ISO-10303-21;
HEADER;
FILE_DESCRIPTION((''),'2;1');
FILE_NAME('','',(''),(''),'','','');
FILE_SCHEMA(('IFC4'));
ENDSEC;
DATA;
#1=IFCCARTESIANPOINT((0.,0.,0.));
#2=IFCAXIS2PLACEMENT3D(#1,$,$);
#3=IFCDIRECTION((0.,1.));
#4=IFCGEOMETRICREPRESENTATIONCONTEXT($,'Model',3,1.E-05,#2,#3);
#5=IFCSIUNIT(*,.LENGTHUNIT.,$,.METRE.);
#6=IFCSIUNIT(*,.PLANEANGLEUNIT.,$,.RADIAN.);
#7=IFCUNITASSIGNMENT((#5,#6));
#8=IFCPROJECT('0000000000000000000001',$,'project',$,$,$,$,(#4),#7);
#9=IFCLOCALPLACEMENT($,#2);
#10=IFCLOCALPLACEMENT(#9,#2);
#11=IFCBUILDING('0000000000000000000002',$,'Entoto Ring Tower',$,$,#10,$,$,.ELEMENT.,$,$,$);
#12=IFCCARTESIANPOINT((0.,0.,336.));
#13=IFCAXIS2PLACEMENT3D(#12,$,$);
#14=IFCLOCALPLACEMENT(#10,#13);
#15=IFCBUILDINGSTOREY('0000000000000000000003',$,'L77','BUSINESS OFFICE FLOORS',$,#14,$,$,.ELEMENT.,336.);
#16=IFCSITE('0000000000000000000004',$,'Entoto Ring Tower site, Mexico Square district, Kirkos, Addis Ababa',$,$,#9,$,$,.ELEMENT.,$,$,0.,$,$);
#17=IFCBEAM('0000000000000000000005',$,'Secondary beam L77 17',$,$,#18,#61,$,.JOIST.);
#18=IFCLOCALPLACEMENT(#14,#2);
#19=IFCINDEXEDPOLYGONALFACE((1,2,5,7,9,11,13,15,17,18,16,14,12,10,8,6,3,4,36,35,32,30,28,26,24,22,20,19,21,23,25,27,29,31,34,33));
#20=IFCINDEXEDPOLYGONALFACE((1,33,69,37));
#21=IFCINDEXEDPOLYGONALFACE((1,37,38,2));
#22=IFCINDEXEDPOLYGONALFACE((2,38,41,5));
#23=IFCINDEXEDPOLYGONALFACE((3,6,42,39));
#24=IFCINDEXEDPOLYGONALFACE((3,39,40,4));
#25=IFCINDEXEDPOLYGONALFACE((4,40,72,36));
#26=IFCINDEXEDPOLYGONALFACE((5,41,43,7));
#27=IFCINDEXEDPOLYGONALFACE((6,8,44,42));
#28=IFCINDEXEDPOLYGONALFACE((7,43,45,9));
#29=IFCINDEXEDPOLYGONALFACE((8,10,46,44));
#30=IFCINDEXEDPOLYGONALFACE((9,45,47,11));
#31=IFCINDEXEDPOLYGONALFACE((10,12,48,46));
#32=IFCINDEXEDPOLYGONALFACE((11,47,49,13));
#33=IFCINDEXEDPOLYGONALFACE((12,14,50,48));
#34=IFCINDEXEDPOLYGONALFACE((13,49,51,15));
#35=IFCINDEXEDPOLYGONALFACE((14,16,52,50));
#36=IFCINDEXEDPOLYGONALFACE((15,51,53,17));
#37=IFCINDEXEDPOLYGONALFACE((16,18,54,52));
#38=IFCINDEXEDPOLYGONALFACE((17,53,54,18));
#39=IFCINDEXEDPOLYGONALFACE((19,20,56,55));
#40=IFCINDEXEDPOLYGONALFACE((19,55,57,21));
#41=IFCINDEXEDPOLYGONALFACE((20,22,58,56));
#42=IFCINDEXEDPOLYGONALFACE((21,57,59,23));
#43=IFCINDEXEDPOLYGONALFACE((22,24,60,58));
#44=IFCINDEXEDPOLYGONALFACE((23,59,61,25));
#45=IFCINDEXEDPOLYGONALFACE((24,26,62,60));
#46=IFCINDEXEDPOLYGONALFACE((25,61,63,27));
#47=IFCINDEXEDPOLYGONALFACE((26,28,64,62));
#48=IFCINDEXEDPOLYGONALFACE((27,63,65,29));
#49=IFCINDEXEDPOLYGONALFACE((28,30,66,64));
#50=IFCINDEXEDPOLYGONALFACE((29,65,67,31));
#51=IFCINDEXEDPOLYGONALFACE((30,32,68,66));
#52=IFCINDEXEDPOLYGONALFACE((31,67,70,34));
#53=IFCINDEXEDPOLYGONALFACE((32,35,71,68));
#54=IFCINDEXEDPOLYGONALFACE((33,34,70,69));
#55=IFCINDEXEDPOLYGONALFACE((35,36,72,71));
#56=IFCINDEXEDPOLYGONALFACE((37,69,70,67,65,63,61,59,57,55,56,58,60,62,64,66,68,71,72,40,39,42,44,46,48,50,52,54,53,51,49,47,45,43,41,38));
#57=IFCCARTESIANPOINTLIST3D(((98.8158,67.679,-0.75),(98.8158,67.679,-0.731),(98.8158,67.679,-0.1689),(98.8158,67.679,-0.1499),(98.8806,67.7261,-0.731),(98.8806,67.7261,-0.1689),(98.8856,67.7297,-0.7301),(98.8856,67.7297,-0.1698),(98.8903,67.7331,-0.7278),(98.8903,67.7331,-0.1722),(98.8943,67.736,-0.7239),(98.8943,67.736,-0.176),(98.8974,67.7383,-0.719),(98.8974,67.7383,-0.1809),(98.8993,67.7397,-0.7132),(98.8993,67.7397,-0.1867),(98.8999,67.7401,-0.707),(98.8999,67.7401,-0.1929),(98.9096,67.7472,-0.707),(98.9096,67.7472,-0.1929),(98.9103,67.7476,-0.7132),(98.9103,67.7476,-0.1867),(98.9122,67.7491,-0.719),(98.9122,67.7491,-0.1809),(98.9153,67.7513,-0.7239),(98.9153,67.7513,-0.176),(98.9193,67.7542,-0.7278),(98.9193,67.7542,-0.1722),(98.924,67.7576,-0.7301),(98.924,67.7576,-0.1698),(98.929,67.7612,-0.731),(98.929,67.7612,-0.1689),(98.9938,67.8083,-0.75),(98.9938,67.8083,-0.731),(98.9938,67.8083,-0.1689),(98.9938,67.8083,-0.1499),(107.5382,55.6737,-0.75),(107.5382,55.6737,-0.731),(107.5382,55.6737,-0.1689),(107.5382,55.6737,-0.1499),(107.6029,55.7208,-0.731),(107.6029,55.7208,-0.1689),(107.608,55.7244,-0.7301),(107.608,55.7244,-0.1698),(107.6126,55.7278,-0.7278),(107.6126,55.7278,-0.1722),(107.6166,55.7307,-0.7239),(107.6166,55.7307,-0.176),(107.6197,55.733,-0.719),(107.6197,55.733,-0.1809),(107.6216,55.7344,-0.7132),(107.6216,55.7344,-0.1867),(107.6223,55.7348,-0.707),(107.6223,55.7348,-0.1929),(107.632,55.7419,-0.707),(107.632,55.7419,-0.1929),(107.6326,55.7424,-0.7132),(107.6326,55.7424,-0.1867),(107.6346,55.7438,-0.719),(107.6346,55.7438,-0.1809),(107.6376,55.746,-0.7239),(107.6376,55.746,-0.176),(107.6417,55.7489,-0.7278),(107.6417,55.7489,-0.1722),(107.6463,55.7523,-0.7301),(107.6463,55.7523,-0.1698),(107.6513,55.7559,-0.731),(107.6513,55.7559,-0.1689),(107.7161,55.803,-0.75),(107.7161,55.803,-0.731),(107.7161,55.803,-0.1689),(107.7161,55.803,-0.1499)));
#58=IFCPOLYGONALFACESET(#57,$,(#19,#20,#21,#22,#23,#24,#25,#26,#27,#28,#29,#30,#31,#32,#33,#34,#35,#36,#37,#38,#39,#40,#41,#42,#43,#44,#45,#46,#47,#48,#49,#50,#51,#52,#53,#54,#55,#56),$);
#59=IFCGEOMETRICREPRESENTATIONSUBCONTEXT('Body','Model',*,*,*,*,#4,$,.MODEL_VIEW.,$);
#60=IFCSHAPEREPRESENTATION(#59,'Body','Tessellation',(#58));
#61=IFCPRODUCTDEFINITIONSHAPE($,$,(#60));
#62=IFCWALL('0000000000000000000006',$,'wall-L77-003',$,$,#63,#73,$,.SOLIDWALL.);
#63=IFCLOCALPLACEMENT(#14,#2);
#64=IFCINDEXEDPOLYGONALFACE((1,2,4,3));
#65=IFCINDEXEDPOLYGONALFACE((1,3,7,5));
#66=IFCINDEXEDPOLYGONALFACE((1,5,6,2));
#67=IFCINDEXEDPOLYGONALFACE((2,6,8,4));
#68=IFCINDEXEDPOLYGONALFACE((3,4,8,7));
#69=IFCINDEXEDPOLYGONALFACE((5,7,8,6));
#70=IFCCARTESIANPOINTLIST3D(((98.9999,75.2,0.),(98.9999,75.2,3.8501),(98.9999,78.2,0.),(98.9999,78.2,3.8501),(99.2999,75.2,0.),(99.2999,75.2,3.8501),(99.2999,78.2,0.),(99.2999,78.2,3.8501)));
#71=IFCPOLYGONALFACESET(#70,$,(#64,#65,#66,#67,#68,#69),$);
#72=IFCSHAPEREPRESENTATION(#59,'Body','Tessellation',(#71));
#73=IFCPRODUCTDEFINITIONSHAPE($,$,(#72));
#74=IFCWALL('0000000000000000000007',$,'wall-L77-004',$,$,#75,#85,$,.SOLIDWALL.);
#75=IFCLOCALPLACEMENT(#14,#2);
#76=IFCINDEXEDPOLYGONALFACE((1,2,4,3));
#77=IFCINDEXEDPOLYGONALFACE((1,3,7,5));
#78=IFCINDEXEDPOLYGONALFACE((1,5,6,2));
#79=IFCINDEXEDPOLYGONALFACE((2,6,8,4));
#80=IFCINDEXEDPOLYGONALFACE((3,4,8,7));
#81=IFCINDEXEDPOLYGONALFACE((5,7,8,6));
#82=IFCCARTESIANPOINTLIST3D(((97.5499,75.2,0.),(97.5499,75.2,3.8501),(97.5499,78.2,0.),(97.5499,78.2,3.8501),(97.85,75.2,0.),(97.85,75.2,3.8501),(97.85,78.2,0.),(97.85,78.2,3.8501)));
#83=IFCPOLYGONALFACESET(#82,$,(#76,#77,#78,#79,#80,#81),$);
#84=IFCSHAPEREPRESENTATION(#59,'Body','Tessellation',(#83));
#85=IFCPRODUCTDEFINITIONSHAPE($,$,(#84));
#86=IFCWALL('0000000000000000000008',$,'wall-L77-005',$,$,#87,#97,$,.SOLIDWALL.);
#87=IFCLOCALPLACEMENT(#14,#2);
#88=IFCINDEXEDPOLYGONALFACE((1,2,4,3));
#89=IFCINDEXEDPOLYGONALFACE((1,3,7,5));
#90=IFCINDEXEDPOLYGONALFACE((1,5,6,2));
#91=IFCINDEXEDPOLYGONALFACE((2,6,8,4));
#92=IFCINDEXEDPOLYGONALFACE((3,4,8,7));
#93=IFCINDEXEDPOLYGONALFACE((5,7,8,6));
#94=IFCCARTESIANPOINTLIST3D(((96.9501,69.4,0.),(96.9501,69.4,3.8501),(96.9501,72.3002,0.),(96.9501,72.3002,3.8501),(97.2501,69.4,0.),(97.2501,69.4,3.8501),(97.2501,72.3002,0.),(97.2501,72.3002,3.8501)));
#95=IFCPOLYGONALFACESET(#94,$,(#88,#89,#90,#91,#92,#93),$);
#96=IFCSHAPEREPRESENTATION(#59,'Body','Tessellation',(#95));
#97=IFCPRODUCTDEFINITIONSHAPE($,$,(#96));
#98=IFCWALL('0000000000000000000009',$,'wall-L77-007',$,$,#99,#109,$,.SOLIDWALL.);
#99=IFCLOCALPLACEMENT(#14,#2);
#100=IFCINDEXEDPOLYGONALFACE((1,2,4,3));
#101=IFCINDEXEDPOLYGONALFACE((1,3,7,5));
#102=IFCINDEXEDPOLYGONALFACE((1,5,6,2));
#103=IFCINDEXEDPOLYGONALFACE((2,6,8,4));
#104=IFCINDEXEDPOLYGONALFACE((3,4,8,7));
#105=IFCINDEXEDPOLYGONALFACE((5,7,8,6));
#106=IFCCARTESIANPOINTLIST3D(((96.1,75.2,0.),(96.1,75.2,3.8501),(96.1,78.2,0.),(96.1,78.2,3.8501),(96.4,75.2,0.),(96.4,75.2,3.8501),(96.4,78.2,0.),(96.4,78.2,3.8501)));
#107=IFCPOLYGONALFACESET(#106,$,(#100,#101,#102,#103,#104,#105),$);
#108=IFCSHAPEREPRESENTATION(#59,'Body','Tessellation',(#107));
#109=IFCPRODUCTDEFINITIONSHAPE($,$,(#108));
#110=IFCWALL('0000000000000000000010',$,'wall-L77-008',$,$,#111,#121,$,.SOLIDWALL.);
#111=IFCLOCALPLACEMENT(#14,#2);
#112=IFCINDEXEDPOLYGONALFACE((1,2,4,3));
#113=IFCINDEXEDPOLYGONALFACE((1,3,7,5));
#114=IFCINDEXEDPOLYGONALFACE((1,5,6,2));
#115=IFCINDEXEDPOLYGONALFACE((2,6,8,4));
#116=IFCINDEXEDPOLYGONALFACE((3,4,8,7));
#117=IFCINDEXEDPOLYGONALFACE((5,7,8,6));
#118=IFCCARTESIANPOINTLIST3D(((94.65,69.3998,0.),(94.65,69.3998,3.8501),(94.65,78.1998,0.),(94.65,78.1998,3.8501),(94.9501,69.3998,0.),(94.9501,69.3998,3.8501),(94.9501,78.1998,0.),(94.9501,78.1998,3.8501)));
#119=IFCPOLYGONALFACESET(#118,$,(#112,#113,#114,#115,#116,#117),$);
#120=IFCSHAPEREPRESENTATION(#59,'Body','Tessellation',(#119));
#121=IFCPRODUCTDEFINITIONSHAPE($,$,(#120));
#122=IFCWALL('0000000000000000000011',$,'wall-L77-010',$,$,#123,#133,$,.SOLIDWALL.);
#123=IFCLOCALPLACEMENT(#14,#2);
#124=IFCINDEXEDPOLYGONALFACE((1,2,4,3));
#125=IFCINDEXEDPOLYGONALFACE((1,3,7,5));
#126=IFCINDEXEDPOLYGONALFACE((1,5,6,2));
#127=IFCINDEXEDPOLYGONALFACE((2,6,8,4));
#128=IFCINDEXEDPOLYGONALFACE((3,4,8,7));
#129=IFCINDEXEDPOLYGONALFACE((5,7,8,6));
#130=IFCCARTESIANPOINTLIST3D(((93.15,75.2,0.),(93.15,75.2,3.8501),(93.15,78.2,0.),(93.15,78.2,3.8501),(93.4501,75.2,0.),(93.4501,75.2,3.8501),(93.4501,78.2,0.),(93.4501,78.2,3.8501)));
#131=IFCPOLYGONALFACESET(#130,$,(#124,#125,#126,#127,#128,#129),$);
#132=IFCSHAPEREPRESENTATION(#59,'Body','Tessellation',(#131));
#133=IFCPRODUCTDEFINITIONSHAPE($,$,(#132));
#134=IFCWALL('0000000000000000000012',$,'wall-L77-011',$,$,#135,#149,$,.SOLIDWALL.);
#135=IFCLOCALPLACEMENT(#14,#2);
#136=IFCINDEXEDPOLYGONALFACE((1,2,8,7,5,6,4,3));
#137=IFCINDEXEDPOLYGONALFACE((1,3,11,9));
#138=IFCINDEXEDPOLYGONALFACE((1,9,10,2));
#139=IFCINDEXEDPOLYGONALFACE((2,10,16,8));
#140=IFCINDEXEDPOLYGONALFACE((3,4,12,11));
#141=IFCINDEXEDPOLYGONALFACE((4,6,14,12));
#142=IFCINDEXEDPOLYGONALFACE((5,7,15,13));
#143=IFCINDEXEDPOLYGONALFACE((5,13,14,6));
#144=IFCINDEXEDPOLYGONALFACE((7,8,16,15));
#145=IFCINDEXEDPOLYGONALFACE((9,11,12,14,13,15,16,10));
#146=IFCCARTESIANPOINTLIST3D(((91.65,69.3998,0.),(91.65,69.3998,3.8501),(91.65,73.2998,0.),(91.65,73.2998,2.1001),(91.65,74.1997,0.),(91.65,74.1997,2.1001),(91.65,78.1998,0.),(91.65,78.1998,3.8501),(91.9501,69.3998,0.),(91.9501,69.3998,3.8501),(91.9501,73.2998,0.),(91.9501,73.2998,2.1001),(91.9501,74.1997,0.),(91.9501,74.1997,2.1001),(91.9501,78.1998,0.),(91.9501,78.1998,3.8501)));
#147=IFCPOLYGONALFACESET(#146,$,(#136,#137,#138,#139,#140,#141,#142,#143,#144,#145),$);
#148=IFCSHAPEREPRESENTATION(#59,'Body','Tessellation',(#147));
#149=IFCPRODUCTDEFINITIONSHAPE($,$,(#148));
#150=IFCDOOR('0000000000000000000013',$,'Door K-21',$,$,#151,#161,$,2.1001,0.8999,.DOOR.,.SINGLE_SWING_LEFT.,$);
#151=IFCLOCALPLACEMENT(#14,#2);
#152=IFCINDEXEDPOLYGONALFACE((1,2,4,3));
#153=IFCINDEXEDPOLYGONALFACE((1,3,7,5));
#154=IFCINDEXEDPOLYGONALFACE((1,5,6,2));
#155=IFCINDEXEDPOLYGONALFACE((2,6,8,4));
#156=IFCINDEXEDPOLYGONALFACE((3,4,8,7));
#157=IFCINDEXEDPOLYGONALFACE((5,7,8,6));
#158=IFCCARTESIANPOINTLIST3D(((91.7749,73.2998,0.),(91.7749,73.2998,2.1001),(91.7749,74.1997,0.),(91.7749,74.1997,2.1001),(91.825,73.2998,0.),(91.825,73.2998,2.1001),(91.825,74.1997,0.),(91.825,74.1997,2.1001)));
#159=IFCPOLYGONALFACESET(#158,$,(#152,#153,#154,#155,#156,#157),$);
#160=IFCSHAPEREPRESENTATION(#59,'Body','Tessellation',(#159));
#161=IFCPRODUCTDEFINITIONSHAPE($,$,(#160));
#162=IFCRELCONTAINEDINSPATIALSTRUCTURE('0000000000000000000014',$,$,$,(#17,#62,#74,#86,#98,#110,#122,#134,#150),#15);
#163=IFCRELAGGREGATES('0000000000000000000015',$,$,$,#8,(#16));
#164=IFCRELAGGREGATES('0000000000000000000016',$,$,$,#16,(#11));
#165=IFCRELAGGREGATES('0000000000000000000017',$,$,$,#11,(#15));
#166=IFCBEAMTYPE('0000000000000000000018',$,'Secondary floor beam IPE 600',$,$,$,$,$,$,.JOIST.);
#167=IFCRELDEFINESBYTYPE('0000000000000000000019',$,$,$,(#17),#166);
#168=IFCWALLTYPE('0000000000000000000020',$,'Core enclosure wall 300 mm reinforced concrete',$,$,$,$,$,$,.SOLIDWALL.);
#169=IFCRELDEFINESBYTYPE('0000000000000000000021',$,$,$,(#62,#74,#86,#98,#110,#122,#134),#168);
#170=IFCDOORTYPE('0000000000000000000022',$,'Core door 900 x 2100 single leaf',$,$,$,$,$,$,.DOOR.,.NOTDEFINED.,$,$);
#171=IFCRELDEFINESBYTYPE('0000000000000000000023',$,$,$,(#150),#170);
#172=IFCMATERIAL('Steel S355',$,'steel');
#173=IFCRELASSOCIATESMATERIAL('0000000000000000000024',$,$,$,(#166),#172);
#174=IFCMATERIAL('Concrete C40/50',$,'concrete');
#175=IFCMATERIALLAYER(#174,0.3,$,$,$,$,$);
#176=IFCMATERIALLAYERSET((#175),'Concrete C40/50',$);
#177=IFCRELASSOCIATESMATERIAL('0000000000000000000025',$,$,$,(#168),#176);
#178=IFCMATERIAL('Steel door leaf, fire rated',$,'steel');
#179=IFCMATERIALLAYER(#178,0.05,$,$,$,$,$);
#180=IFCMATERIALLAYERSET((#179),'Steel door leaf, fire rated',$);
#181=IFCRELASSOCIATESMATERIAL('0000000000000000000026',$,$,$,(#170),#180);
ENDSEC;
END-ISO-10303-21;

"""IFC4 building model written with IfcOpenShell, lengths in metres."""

from ifc_helpers import new_model, si_unit, direction, frame, frame_2d, origin, origin_2d, place, context, subcontext, project, spatial, rectangle, i_section, extrude, material, layer, layer_set, material_profile, profile_set, type_object, element, fill, save


model = new_model("IFC4")

# Units and contexts
model_context = context("Model", 3, precision=1e-05, world=origin(), true_north=direction((0.0, 1.0)))
body_context = subcontext(model_context, "Body", "Model", "MODEL_VIEW")
ifc_project = project(units=[si_unit("LENGTHUNIT", "METRE"), si_unit("PLANEANGLEUNIT", "RADIAN")], contexts=[model_context])

# Site, building, storey
site_placement = place(None, origin())
site = spatial("IfcSite", under=ifc_project, at=site_placement, Name="Entoto Ring Tower site, Mexico Square district, Kirkos, Addis Ababa", CompositionType="ELEMENT", RefElevation=0.0)
building_placement = place(site_placement, origin())
building = spatial("IfcBuilding", under=site, at=building_placement, Name="Entoto Ring Tower", CompositionType="ELEMENT")
storey_placement = place(building_placement, frame((0.0, 0.0, 336.0)))
storey = spatial("IfcBuildingStorey", under=building, at=storey_placement, Name="L77", Description="BUSINESS OFFICE FLOORS", CompositionType="ELEMENT", Elevation=336.0)

# Beam
ifc_material_1 = material(Name="Steel S355", Category="steel")
ifc_material_profile = material_profile(ifc_material_1, i_section(OverallWidth=0.22, OverallDepth=0.6001, WebThickness=0.012, FlangeThickness=0.019, FilletRadius=0.0239, at=origin_2d()), Name="IPE 600")
ifc_profile_set = profile_set([ifc_material_profile], Name="Steel S355")
beam_type = type_object("IfcBeamType", Name="Secondary floor beam IPE 600", PredefinedType="JOIST", material=ifc_profile_set)
beam_placement = place(storey_placement, frame((98.9048, 67.7437, -0.45), z_axis=(0.587785, -0.809017, 0.0), x_axis=(0.809017, 0.587785, 0.0)))
element("IfcBeam", 1, at=beam_placement, inside=storey, type_object=beam_type, Name="Secondary beam L77 17", PredefinedType="JOIST", context=body_context, shape_type="SweptSolid", body=[
    extrude(i_section(OverallWidth=0.22, OverallDepth=0.6001, WebThickness=0.012, FlangeThickness=0.019, FilletRadius=0.0239, at=origin_2d()), origin(), (0.0, 0.0, 1.0), 14.8394),
])

# Walls
ifc_material_2 = material(Name="Concrete C40/50", Category="concrete")
ifc_layer_1 = layer(ifc_material_2, 0.3)
ifc_layer_set_1 = layer_set([ifc_layer_1], Name="Concrete C40/50")
wall_type = type_object("IfcWallType", Name="Core enclosure wall 300 mm reinforced concrete", PredefinedType="SOLIDWALL", material=ifc_layer_set_1)
for number, where, z_axis, x_axis, name in (
    (2, (99.1499, 75.2, 0.0), (0.0, 0.0, 1.0), (0.0, 1.0, 0.0), "wall-L77-003"),
    (3, (97.7, 75.2, 0.0), (0.0, 0.0, 1.0), (0.0, 1.0, 0.0), "wall-L77-004"),
):
    element("IfcWall", number, at=place(storey_placement, frame(where, z_axis=z_axis, x_axis=x_axis)), inside=storey, type_object=wall_type, Name=name, PredefinedType="SOLIDWALL", context=body_context, shape_type="SweptSolid", body=[
        extrude(rectangle(XDim=3.0, YDim=0.3, at=frame_2d((1.5, 0.0))), origin(), (0.0, 0.0, 1.0), 3.8501),
    ])
wall_1_placement = place(storey_placement, frame((97.1001, 69.3999, 0.0), z_axis=(0.0, 0.0, 1.0), x_axis=(0.0, 1.0, 0.0)))
element("IfcWall", 4, at=wall_1_placement, inside=storey, type_object=wall_type, Name="wall-L77-005", PredefinedType="SOLIDWALL", context=body_context, shape_type="SweptSolid", body=[
    extrude(rectangle(XDim=2.9001, YDim=0.3, at=frame_2d((1.4502, 0.0))), origin(), (0.0, 0.0, 1.0), 3.8501),
])
wall_2_placement = place(storey_placement, frame((96.25, 75.2, 0.0), z_axis=(0.0, 0.0, 1.0), x_axis=(0.0, 1.0, 0.0)))
element("IfcWall", 5, at=wall_2_placement, inside=storey, type_object=wall_type, Name="wall-L77-007", PredefinedType="SOLIDWALL", context=body_context, shape_type="SweptSolid", body=[
    extrude(rectangle(XDim=3.0, YDim=0.3, at=frame_2d((1.5, 0.0))), origin(), (0.0, 0.0, 1.0), 3.8501),
])
wall_3_placement = place(storey_placement, frame((94.8, 69.3999, 0.0), z_axis=(0.0, 0.0, 1.0), x_axis=(0.0, 1.0, 0.0)))
element("IfcWall", 6, at=wall_3_placement, inside=storey, type_object=wall_type, Name="wall-L77-008", PredefinedType="SOLIDWALL", context=body_context, shape_type="SweptSolid", body=[
    extrude(rectangle(XDim=8.8, YDim=0.3, at=frame_2d((4.3999, 0.0))), origin(), (0.0, 0.0, 1.0), 3.8501),
])
wall_4_placement = place(storey_placement, frame((93.3, 75.2, 0.0), z_axis=(0.0, 0.0, 1.0), x_axis=(0.0, 1.0, 0.0)))
element("IfcWall", 7, at=wall_4_placement, inside=storey, type_object=wall_type, Name="wall-L77-010", PredefinedType="SOLIDWALL", context=body_context, shape_type="SweptSolid", body=[
    extrude(rectangle(XDim=3.0, YDim=0.3, at=frame_2d((1.5, 0.0))), origin(), (0.0, 0.0, 1.0), 3.8501),
])

# Wall, opening, door
wall_5_placement = place(storey_placement, frame((91.8, 69.3999, 0.0), z_axis=(0.0, 0.0, 1.0), x_axis=(0.0, 1.0, 0.0)))
wall_5 = element("IfcWall", 8, at=wall_5_placement, inside=storey, type_object=wall_type, Name="wall-L77-011", PredefinedType="SOLIDWALL", context=body_context, shape_type="SweptSolid", body=[
    extrude(rectangle(XDim=8.8, YDim=0.3, at=frame_2d((4.3999, 0.0))), origin(), (0.0, 0.0, 1.0), 3.8501),
])
opening_1_placement = place(wall_5_placement, frame((3.8999, 0.0, 0.0)))
opening_1 = element("IfcOpeningElement", 9, at=opening_1_placement, cuts=wall_5, PredefinedType="OPENING", context=body_context, shape_type="SweptSolid", body=[
    extrude(rectangle(XDim=0.8999, YDim=2.1001, at=frame_2d((0.45, 1.05))), frame((0.0, 0.1602, 0.0), z_axis=(0.0, -1.0, 0.0), x_axis=(1.0, 0.0, 0.0)), (0.0, 0.0, 1.0), 0.3201),
])
ifc_material_3 = material(Name="Steel door leaf, fire rated", Category="steel")
ifc_layer_2 = layer(ifc_material_3, 0.05)
ifc_layer_set_2 = layer_set([ifc_layer_2], Name="Steel door leaf, fire rated")
door_type_1 = type_object("IfcDoorType", Name="Core door 900 x 2100 single leaf", OperationType="NOTDEFINED", PredefinedType="DOOR", material=ifc_layer_set_2)
door_1_placement = place(opening_1_placement, frame((0.8999, 0.0, 0.0), z_axis=(0.0, 0.0, 1.0), x_axis=(-1.0, 0.0, 0.0)))
door_1 = element("IfcDoor", 10, at=door_1_placement, inside=storey, type_object=door_type_1, Name="Door K-21", OperationType="SINGLE_SWING_LEFT", OverallHeight=2.1001, OverallWidth=0.8999, PredefinedType="DOOR", context=body_context, shape_type="SweptSolid", body=[
    extrude(rectangle(XDim=0.8999, YDim=2.1001, at=frame_2d((0.45, 1.05))), frame((0.0, 0.0249, 0.0), z_axis=(0.0, -1.0, 0.0), x_axis=(1.0, 0.0, 0.0)), (0.0, 0.0, 1.0), 0.05),
])
fill(opening_1, door_1)

save(model, "model.ifc")
